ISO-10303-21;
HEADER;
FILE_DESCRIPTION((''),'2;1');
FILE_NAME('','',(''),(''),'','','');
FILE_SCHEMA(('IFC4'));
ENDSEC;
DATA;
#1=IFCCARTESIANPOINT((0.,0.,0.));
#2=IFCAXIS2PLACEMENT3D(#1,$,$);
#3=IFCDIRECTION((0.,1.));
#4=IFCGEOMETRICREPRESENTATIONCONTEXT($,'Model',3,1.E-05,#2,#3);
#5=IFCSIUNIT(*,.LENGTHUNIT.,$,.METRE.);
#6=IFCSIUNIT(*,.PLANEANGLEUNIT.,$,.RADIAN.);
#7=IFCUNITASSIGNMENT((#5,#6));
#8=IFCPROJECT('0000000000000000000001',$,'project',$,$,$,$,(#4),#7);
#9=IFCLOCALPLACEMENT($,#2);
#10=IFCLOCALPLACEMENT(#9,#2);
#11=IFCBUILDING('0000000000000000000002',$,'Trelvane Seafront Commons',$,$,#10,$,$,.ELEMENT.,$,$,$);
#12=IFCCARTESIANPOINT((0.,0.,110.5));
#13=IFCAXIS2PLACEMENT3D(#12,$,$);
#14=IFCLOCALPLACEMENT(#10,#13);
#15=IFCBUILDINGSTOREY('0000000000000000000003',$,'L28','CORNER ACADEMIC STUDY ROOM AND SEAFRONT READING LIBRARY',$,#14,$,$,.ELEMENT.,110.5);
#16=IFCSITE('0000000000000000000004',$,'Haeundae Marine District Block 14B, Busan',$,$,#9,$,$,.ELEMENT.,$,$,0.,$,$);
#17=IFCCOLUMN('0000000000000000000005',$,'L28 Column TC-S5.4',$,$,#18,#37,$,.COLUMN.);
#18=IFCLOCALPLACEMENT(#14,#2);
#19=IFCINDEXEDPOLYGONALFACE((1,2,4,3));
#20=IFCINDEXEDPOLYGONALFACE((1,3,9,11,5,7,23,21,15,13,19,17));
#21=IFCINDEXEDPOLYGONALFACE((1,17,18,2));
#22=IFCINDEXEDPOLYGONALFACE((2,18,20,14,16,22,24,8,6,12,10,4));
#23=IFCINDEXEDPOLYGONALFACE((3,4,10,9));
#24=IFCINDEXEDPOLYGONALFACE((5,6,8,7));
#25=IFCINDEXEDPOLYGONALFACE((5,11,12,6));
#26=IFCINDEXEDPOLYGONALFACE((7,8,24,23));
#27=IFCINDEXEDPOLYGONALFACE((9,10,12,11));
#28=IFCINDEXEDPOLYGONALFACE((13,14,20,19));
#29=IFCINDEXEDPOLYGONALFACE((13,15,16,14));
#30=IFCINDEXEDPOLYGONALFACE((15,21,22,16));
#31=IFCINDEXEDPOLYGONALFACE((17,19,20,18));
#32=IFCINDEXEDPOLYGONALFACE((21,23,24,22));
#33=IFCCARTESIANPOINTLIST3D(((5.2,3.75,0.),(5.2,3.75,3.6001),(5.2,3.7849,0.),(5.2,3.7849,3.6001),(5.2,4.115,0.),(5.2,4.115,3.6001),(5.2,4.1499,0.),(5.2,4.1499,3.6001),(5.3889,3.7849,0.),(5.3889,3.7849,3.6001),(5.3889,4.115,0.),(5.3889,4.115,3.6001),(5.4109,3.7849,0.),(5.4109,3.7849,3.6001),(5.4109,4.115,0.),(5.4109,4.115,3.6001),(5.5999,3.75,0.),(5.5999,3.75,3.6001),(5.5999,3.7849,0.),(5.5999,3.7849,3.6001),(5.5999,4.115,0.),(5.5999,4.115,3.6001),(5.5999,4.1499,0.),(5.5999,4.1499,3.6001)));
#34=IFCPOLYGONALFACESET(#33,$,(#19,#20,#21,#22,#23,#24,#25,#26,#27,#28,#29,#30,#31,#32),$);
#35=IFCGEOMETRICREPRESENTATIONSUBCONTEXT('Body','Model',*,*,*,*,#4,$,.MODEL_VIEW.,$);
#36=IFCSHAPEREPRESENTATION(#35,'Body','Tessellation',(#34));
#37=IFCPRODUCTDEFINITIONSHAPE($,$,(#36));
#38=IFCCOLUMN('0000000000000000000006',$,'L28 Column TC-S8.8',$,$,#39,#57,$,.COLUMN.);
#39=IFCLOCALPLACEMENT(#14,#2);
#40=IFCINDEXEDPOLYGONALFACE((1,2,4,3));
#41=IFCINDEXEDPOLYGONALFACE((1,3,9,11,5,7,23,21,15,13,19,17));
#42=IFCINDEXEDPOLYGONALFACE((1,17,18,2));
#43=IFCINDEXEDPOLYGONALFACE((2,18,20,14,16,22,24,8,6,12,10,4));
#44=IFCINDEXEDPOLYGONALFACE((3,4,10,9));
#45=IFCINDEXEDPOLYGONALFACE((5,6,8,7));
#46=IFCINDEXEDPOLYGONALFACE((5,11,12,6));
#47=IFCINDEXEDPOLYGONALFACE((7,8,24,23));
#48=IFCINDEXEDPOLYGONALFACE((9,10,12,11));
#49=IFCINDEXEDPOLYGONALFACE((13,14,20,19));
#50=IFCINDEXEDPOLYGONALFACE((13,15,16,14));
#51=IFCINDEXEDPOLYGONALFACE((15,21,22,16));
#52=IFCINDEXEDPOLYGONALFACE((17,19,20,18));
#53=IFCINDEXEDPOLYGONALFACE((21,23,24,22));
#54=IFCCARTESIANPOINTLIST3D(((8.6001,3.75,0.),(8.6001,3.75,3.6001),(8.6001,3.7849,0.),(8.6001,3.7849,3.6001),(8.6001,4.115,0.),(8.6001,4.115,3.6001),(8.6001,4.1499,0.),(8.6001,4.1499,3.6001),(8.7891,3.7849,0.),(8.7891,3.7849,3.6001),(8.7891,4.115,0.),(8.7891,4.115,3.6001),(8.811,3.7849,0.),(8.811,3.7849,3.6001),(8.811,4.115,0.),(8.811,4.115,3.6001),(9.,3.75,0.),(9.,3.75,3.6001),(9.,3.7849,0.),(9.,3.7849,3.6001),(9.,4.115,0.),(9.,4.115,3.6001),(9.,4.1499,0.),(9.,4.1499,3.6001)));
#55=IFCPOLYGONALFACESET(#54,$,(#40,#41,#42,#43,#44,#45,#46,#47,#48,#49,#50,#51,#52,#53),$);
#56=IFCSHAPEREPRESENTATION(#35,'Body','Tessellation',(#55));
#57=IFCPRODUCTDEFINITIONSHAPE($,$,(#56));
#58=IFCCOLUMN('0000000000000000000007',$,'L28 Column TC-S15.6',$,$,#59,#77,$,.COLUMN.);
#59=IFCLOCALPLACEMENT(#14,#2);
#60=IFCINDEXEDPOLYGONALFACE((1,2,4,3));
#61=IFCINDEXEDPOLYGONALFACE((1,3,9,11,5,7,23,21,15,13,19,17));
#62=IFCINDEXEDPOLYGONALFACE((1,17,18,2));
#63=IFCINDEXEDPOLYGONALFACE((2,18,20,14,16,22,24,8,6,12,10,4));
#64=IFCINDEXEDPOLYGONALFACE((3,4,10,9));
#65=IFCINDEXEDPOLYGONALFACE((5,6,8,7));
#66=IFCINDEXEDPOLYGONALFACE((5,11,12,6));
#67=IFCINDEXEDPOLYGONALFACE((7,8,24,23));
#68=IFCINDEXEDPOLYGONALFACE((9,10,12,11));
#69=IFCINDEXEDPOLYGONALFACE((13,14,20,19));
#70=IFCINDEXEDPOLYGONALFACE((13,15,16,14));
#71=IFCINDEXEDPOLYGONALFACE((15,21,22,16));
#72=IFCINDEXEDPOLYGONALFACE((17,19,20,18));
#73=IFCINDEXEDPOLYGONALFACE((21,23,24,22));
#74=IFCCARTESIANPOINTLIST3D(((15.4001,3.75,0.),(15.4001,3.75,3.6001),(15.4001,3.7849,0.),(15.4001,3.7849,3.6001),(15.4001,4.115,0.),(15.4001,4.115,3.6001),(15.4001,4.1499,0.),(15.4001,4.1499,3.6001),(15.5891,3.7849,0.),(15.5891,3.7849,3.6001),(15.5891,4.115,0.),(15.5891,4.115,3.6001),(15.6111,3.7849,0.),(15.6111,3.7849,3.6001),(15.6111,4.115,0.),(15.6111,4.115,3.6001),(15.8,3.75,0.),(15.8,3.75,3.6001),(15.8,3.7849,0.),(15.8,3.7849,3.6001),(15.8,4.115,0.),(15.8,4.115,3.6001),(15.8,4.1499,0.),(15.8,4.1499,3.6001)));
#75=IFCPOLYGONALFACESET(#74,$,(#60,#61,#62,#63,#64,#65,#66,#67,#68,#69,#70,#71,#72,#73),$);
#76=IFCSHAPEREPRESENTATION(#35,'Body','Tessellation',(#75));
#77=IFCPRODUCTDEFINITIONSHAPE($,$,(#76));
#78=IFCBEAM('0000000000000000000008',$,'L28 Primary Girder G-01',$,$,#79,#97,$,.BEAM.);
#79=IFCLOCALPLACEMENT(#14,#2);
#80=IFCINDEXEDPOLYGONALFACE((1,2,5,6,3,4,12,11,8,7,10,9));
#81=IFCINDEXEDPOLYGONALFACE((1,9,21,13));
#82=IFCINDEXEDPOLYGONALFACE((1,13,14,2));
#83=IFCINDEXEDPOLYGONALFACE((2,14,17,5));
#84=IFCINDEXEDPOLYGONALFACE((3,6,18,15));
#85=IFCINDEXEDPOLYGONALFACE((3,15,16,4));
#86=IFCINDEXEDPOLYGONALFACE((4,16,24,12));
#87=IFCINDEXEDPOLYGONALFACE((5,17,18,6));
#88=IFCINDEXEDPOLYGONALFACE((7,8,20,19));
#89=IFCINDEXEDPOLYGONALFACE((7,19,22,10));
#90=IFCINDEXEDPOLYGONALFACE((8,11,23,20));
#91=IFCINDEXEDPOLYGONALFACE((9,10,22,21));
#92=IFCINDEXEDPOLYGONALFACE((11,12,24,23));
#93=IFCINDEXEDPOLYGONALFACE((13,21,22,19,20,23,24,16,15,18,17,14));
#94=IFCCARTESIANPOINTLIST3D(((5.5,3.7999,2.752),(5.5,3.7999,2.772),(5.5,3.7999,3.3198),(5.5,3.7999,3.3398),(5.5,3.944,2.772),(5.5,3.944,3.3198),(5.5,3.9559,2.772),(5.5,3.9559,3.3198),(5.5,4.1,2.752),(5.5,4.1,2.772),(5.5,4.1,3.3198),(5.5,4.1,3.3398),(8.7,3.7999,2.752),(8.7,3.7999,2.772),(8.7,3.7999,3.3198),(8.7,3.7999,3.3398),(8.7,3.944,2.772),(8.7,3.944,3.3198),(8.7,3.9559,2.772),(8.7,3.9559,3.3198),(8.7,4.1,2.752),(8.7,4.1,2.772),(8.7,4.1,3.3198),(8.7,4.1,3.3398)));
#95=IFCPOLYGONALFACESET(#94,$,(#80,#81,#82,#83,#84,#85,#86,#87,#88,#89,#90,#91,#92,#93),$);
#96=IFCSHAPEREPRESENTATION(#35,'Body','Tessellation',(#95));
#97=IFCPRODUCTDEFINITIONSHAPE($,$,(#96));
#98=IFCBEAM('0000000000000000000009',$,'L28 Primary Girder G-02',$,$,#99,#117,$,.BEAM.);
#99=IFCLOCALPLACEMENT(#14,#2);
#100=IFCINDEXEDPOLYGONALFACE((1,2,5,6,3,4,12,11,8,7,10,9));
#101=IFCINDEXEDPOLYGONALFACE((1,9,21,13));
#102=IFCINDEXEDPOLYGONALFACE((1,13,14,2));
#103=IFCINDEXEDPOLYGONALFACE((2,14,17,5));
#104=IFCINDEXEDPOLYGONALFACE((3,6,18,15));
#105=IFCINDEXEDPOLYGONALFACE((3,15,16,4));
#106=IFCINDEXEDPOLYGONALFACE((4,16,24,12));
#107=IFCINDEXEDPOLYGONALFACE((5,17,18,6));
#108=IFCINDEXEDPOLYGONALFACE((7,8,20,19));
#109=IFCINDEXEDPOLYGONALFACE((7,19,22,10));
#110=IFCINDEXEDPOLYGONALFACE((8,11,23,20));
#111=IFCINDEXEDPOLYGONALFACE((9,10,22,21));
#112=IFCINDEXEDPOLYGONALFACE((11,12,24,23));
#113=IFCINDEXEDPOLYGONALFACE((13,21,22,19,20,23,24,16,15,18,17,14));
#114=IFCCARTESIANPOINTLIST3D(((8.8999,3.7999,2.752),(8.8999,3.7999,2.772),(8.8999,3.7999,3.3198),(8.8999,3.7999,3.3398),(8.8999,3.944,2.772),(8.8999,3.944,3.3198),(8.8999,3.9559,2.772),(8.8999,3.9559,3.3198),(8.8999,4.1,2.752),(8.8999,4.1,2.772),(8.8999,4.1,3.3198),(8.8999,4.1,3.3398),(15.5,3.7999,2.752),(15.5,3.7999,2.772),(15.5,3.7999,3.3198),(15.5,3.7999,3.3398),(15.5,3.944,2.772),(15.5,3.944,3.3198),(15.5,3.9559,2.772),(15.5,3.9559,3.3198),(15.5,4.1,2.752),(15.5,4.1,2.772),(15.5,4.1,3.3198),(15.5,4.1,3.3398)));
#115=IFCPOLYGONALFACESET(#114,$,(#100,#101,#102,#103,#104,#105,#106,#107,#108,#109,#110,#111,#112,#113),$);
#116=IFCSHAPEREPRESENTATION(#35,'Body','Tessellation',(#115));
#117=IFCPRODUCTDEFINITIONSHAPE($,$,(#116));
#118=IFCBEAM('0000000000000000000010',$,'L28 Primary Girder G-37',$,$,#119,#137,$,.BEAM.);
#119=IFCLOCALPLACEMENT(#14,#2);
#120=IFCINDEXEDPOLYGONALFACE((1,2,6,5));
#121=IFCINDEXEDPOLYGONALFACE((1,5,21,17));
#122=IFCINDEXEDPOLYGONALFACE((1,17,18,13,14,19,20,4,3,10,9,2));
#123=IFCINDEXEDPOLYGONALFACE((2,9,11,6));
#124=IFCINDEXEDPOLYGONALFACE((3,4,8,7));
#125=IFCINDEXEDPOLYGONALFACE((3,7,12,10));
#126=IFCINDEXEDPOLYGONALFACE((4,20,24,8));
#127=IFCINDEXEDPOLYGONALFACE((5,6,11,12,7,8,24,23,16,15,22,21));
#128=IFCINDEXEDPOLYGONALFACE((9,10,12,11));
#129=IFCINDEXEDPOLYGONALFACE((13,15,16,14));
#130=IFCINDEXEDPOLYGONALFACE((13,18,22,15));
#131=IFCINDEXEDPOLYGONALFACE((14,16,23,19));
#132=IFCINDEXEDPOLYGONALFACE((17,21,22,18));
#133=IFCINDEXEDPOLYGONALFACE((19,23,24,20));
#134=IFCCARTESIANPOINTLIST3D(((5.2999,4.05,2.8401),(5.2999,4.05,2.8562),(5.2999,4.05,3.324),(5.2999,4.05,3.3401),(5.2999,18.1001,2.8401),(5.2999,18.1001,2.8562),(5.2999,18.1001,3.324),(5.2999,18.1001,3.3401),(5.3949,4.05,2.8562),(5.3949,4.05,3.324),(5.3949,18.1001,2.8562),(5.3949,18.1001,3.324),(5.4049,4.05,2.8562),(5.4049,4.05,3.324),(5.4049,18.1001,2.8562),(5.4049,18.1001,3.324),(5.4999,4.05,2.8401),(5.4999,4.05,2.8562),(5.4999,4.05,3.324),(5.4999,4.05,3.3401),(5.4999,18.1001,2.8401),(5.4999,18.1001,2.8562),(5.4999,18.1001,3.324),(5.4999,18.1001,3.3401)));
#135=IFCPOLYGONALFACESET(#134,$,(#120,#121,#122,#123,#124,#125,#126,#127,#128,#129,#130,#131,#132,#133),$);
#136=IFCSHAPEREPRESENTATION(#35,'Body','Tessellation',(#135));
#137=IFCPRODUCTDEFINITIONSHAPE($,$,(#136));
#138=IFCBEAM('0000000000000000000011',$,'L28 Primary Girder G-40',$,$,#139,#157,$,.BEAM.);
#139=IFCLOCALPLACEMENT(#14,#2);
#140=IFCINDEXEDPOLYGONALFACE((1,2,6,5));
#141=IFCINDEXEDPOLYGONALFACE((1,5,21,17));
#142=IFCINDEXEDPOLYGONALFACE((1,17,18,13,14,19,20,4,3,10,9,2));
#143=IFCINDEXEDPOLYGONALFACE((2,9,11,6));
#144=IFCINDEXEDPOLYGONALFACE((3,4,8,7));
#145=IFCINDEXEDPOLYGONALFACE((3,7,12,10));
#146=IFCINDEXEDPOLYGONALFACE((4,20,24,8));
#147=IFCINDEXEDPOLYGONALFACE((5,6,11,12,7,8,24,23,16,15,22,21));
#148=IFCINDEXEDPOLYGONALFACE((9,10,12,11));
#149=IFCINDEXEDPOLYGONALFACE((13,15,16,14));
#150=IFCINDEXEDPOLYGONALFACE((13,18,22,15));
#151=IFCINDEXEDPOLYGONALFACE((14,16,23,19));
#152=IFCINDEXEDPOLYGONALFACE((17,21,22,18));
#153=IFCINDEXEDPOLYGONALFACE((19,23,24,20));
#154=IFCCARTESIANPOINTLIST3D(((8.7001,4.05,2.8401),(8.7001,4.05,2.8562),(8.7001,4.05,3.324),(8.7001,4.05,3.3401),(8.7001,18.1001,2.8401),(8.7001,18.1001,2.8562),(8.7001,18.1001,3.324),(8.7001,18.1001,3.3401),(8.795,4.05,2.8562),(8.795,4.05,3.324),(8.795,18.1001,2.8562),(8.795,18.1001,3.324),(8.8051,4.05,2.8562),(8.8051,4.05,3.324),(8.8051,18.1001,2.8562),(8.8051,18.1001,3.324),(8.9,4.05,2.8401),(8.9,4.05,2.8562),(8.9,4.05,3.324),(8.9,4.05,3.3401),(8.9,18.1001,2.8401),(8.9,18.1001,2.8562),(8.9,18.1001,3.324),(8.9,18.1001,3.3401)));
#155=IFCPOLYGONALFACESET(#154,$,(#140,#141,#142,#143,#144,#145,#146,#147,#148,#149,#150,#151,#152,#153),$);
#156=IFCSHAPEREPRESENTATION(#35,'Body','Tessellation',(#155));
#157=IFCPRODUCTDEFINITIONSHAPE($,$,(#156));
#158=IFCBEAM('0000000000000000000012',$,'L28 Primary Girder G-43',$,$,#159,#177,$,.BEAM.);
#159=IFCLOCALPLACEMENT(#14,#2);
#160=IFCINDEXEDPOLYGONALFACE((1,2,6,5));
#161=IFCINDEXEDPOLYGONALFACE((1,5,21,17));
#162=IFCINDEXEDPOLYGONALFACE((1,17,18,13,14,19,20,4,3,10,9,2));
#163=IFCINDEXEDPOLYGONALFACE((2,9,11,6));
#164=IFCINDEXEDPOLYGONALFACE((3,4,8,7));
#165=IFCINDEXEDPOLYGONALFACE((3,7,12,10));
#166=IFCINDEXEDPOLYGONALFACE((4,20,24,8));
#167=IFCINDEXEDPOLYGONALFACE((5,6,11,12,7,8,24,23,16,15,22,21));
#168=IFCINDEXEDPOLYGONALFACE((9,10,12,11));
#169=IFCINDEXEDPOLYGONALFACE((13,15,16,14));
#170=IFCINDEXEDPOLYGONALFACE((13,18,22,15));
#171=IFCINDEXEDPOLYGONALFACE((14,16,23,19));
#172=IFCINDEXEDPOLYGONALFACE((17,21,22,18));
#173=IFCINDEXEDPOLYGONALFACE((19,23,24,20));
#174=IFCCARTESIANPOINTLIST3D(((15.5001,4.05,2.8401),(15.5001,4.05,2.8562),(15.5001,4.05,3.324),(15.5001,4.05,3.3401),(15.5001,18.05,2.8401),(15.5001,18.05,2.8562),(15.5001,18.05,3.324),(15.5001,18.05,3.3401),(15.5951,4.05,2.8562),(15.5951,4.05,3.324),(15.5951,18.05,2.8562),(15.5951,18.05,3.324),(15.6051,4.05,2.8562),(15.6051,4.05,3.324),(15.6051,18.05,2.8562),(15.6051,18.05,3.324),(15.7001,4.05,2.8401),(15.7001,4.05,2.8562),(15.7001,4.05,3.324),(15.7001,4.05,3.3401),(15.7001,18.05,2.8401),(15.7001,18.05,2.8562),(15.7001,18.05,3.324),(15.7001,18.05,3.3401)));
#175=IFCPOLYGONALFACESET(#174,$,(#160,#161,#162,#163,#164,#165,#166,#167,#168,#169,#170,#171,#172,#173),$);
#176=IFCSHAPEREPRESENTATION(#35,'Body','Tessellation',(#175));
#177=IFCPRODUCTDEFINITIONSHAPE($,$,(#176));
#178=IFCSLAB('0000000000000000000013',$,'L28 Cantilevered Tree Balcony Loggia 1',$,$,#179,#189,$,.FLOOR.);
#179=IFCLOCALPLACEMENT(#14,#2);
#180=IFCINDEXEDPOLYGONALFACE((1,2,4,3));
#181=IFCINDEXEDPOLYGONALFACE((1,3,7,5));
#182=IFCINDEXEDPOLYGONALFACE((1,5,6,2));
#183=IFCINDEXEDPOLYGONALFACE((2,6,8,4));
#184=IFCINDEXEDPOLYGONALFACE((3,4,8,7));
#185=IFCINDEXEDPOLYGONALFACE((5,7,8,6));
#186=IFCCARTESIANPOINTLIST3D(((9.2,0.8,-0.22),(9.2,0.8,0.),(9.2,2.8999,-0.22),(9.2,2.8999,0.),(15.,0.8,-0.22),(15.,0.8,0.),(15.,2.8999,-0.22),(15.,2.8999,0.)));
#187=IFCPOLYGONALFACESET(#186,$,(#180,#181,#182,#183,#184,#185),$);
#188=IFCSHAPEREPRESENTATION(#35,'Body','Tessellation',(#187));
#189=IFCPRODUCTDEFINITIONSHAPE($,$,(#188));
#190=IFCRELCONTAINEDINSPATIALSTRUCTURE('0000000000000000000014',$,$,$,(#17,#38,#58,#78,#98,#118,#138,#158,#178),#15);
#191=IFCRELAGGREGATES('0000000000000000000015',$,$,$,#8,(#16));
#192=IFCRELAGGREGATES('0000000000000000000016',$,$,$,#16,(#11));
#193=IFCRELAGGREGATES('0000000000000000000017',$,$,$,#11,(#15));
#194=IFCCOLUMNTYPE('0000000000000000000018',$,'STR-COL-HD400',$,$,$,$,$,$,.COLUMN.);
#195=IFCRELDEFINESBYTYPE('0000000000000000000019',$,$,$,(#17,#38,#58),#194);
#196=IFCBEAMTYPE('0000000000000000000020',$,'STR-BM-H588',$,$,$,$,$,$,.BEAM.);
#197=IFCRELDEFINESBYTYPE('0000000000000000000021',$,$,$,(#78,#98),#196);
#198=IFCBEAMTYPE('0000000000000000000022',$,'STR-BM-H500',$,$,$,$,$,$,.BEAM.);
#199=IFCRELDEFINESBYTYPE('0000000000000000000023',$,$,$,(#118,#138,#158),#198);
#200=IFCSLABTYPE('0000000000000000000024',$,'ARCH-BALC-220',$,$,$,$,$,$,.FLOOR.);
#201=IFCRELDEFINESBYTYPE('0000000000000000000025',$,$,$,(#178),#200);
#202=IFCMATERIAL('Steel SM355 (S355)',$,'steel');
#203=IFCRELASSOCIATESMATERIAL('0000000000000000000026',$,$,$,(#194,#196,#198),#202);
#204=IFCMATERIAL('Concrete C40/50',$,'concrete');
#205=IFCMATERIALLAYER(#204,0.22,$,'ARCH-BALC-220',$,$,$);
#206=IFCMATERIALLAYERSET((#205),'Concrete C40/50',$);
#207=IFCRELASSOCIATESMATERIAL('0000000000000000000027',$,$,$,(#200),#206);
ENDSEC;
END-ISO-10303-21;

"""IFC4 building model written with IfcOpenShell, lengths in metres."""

from ifc_helpers import new_model, si_unit, direction, frame, origin, origin_2d, place, context, subcontext, project, spatial, polyline, i_section, outline, extrude, source, transform, mapped, material, layer, layer_set, material_profile, profile_set, type_object, element, save


model = new_model("IFC4")

# Units and contexts
model_context = context("Model", 3, precision=1e-05, world=origin(), true_north=direction((0.0, 1.0)))
body_context = subcontext(model_context, "Body", "Model", "MODEL_VIEW")
ifc_project = project(units=[si_unit("LENGTHUNIT", "METRE"), si_unit("PLANEANGLEUNIT", "RADIAN")], contexts=[model_context])

# Site, building, storey
site_placement = place(None, origin())
site = spatial("IfcSite", under=ifc_project, at=site_placement, Name="Haeundae Marine District Block 14B, Busan", CompositionType="ELEMENT", RefElevation=0.0)
building_placement = place(site_placement, origin())
building = spatial("IfcBuilding", under=site, at=building_placement, Name="Trelvane Seafront Commons", CompositionType="ELEMENT")
storey_placement = place(building_placement, frame((0.0, 0.0, 110.5)))
storey = spatial("IfcBuildingStorey", under=building, at=storey_placement, Name="L28", Description="CORNER ACADEMIC STUDY ROOM AND SEAFRONT READING LIBRARY", CompositionType="ELEMENT", Elevation=110.5)

# Columns
ifc_material_1 = material(Name="Steel SM355 (S355)", Category="steel")
ifc_material_profile_1 = material_profile(ifc_material_1, i_section(OverallWidth=0.3999, OverallDepth=0.3999, WebThickness=0.022, FlangeThickness=0.0349, at=origin_2d()), Name="HD-400x400x22x35")
ifc_profile_set_1 = profile_set([ifc_material_profile_1], Name="Steel SM355 (S355)")
column_type = type_object("IfcColumnType", Name="STR-COL-HD400", PredefinedType="COLUMN", material=ifc_profile_set_1)
shared_shape_1 = source(origin(), body_context, "Body", "SweptSolid", [
    extrude(i_section(OverallWidth=0.3999, OverallDepth=0.3999, WebThickness=0.022, FlangeThickness=0.0349, at=origin_2d()), origin(), (0.0, 0.0, 1.0), 3.6001),
])
for number, where, z_axis, x_axis, name in (
    (1, (5.3999, 3.95, 0.0), (0.0, 0.0, 1.0), (1.0, 0.0, 0.0), "L28 Column TC-S5.4"),
    (2, (8.8, 3.95, 0.0), (0.0, 0.0, 1.0), (1.0, 0.0, 0.0), "L28 Column TC-S8.8"),
    (3, (15.6001, 3.95, 0.0), (0.0, 0.0, 1.0), (1.0, 0.0, 0.0), "L28 Column TC-S15.6"),
):
    element("IfcColumn", number, at=place(storey_placement, frame(where, z_axis=z_axis, x_axis=x_axis)), inside=storey, type_object=column_type, Name=name, PredefinedType="COLUMN", context=body_context, shape_type="MappedRepresentation", body=[
        mapped(shared_shape_1, transform((0.0, 0.0, 0.0), x_axis=(1.0, 0.0, 0.0), y_axis=(0.0, 1.0, 0.0), z_axis=(0.0, 0.0, 1.0), scale=1.0)),
    ])

# Beams
ifc_material_profile_2 = material_profile(ifc_material_1, i_section(OverallWidth=0.3, OverallDepth=0.5879, WebThickness=0.012, FlangeThickness=0.02, at=origin_2d()), Name="H-588x300x12x20")
ifc_profile_set_2 = profile_set([ifc_material_profile_2], Name="Steel SM355 (S355)")
beam_type_1 = type_object("IfcBeamType", Name="STR-BM-H588", PredefinedType="BEAM", material=ifc_profile_set_2)
shared_shape_2 = source(origin(), body_context, "Body", "SweptSolid", [
    extrude(i_section(OverallWidth=0.3, OverallDepth=0.5879, WebThickness=0.012, FlangeThickness=0.02, at=origin_2d()), origin(), (0.0, 0.0, 1.0), 3.2),
])
beam_1_placement = place(storey_placement, frame((5.5, 3.95, 3.0459), z_axis=(1.0, 0.0, 0.0), x_axis=(0.0, 1.0, 0.0)))
element("IfcBeam", 4, at=beam_1_placement, inside=storey, type_object=beam_type_1, Name="L28 Primary Girder G-01", PredefinedType="BEAM", context=body_context, shape_type="MappedRepresentation", body=[
    mapped(shared_shape_2, transform((0.0, 0.0, 0.0), x_axis=(1.0, 0.0, 0.0), y_axis=(0.0, 1.0, 0.0), z_axis=(0.0, 0.0, 1.0), scale=1.0)),
])
shared_shape_3 = source(origin(), body_context, "Body", "SweptSolid", [
    extrude(i_section(OverallWidth=0.3, OverallDepth=0.5879, WebThickness=0.012, FlangeThickness=0.02, at=origin_2d()), origin(), (0.0, 0.0, 1.0), 6.6001),
])
beam_2_placement = place(storey_placement, frame((8.8999, 3.95, 3.0459), z_axis=(1.0, 0.0, 0.0), x_axis=(0.0, 1.0, 0.0)))
element("IfcBeam", 5, at=beam_2_placement, inside=storey, type_object=beam_type_1, Name="L28 Primary Girder G-02", PredefinedType="BEAM", context=body_context, shape_type="MappedRepresentation", body=[
    mapped(shared_shape_3, transform((0.0, 0.0, 0.0), x_axis=(1.0, 0.0, 0.0), y_axis=(0.0, 1.0, 0.0), z_axis=(0.0, 0.0, 1.0), scale=1.0)),
])
ifc_material_profile_3 = material_profile(ifc_material_1, i_section(OverallWidth=0.2, OverallDepth=0.5, WebThickness=0.01, FlangeThickness=0.0161, at=origin_2d()), Name="H-500x200x10x16")
ifc_profile_set_3 = profile_set([ifc_material_profile_3], Name="Steel SM355 (S355)")
beam_type_2 = type_object("IfcBeamType", Name="STR-BM-H500", PredefinedType="BEAM", material=ifc_profile_set_3)
shared_shape_4 = source(origin(), body_context, "Body", "SweptSolid", [
    extrude(i_section(OverallWidth=0.2, OverallDepth=0.5, WebThickness=0.01, FlangeThickness=0.0161, at=origin_2d()), origin(), (0.0, 0.0, 1.0), 14.05),
])
for number, where, z_axis, x_axis, name in (
    (6, (5.3999, 4.05, 3.0901), (0.0, 1.0, 0.0), (-1.0, 0.0, 0.0), "L28 Primary Girder G-37"),
    (7, (8.8, 4.05, 3.0901), (0.0, 1.0, 0.0), (-1.0, 0.0, 0.0), "L28 Primary Girder G-40"),
):
    element("IfcBeam", number, at=place(storey_placement, frame(where, z_axis=z_axis, x_axis=x_axis)), inside=storey, type_object=beam_type_2, Name=name, PredefinedType="BEAM", context=body_context, shape_type="MappedRepresentation", body=[
        mapped(shared_shape_4, transform((0.0, 0.0, 0.0), x_axis=(1.0, 0.0, 0.0), y_axis=(0.0, 1.0, 0.0), z_axis=(0.0, 0.0, 1.0), scale=1.0)),
    ])
shared_shape_5 = source(origin(), body_context, "Body", "SweptSolid", [
    extrude(i_section(OverallWidth=0.2, OverallDepth=0.5, WebThickness=0.01, FlangeThickness=0.0161, at=origin_2d()), origin(), (0.0, 0.0, 1.0), 14.0),
])
beam_3_placement = place(storey_placement, frame((15.6001, 4.05, 3.0901), z_axis=(0.0, 1.0, 0.0), x_axis=(-1.0, 0.0, 0.0)))
element("IfcBeam", 8, at=beam_3_placement, inside=storey, type_object=beam_type_2, Name="L28 Primary Girder G-43", PredefinedType="BEAM", context=body_context, shape_type="MappedRepresentation", body=[
    mapped(shared_shape_5, transform((0.0, 0.0, 0.0), x_axis=(1.0, 0.0, 0.0), y_axis=(0.0, 1.0, 0.0), z_axis=(0.0, 0.0, 1.0), scale=1.0)),
])

# Slab
ifc_material_2 = material(Name="Concrete C40/50", Category="concrete")
ifc_layer_1 = layer(ifc_material_2, 0.22, Name="ARCH-BALC-220")
ifc_layer_set_1 = layer_set([ifc_layer_1], Name="Concrete C40/50")
slab_type_1 = type_object("IfcSlabType", Name="ARCH-BALC-220", PredefinedType="FLOOR", material=ifc_layer_set_1)
slab_1_placement = place(storey_placement, frame((0.0, 0.0, -0.22)))
element("IfcSlab", 9, at=slab_1_placement, inside=storey, type_object=slab_type_1, Name="L28 Cantilevered Tree Balcony Loggia 1", PredefinedType="FLOOR", context=body_context, shape_type="SweptSolid", body=[
    extrude(outline(polyline([(9.2, 0.8), (15.0, 0.8), (15.0, 2.8999), (9.2, 2.8999), (9.2, 0.8)])), origin(), (0.0, 0.0, 1.0), 0.22),
])

save(model, "model.ifc")
